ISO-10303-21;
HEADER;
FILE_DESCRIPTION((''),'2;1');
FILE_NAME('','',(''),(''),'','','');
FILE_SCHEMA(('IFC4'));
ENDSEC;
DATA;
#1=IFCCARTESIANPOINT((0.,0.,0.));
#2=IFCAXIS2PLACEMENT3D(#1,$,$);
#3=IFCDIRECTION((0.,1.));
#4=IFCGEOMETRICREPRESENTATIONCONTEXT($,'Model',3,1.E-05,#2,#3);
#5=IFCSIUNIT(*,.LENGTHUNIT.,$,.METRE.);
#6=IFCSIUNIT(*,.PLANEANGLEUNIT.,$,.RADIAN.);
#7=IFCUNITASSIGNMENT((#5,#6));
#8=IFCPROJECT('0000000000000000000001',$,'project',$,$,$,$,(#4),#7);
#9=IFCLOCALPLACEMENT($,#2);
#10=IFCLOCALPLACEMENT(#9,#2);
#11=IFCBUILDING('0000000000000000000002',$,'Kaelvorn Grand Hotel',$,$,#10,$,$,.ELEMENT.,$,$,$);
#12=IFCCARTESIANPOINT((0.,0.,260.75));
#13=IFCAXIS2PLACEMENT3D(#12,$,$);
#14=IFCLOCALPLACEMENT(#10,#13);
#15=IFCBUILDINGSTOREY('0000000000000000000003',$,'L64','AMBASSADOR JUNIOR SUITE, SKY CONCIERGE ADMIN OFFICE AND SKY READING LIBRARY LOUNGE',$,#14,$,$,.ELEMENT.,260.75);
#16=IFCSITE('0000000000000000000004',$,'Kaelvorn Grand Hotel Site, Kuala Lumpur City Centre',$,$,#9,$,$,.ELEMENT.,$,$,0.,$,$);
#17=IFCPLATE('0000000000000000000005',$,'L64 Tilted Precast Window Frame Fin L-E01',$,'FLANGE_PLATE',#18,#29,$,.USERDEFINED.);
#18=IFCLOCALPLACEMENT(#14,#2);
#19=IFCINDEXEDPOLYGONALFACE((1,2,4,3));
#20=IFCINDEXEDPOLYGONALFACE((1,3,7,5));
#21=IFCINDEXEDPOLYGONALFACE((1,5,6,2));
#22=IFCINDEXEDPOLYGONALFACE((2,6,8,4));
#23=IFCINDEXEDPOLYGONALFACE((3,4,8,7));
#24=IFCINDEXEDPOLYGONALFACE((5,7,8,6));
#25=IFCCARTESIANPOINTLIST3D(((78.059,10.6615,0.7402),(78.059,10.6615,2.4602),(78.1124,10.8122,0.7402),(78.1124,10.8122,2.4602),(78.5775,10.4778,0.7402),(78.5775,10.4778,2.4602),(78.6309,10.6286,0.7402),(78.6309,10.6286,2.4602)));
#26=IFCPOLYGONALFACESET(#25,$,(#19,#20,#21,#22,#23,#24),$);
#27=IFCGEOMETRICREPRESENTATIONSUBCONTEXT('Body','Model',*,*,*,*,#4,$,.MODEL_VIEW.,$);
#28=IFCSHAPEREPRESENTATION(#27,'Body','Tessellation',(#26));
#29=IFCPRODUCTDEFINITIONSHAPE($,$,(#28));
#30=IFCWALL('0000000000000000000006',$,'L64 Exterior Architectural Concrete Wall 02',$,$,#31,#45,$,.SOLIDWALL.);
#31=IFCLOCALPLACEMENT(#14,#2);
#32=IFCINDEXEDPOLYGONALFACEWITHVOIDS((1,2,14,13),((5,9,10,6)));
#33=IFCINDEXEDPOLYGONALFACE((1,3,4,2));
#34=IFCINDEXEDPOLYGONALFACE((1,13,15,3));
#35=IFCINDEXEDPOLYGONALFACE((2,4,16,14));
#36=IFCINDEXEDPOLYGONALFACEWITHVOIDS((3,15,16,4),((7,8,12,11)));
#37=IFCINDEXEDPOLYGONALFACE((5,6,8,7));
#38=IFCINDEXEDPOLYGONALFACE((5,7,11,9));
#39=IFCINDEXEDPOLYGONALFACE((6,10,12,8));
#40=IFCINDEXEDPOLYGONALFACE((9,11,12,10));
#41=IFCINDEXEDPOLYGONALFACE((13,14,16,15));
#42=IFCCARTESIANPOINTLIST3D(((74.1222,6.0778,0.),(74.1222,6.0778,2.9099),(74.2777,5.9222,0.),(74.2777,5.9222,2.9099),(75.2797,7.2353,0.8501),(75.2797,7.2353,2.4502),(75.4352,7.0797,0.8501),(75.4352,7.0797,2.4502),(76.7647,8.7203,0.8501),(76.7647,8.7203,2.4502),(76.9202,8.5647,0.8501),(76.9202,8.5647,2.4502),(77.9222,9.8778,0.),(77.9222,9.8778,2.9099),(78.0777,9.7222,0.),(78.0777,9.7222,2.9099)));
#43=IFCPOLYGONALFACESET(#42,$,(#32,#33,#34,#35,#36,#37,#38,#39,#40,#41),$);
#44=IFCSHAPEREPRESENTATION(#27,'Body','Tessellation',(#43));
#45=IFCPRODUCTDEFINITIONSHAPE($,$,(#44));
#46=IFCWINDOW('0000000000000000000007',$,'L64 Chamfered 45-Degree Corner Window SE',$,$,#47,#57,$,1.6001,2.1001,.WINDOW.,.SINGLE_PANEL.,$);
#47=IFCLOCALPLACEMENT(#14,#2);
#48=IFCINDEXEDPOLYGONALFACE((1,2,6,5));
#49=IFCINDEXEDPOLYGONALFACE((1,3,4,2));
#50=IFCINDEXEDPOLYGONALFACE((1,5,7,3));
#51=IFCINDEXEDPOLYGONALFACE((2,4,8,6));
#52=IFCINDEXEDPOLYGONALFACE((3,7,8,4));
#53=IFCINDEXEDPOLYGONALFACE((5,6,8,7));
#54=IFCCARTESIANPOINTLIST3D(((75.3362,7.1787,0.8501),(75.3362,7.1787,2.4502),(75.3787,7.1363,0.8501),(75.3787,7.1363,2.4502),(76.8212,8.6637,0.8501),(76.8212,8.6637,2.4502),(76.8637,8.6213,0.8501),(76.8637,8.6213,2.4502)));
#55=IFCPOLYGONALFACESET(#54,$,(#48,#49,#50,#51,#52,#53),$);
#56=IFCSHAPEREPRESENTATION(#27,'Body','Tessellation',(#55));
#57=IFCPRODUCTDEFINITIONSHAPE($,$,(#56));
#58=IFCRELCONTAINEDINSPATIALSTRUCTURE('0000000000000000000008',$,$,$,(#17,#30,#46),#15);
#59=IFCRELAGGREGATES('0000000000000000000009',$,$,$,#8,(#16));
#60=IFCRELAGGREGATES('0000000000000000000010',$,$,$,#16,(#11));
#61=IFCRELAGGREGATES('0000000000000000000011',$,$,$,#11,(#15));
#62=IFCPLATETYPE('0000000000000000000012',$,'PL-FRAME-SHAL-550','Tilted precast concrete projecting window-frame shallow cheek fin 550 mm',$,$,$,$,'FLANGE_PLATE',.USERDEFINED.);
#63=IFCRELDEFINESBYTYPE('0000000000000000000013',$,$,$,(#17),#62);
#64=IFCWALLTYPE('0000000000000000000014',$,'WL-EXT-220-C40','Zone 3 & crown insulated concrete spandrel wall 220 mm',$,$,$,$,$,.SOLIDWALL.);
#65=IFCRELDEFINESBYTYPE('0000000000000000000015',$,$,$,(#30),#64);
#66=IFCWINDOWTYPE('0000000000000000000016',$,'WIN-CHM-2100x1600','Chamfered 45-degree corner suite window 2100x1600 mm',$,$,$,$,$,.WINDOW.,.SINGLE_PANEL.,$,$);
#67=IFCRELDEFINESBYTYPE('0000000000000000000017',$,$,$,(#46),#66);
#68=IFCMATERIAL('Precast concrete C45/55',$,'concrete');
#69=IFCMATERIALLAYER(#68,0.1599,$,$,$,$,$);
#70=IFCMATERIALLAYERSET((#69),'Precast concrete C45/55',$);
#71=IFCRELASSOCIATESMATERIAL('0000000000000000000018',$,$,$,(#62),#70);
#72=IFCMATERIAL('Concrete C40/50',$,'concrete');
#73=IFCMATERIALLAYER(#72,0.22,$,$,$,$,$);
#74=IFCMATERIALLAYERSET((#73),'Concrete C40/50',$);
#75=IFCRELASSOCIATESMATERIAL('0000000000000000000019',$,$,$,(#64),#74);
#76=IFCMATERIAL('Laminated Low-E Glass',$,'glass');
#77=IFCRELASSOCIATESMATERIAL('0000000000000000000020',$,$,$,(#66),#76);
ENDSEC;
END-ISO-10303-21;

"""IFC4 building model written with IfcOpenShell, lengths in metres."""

from ifc_helpers import new_model, si_unit, direction, frame, frame_2d, origin, origin_2d, place, context, subcontext, project, spatial, rectangle, extrude, material, layer, layer_set, type_object, element, fill, save


model = new_model("IFC4")

# Units and contexts
model_context = context("Model", 3, precision=1e-05, world=origin(), true_north=direction((0.0, 1.0)))
body_context = subcontext(model_context, "Body", "Model", "MODEL_VIEW")
ifc_project = project(units=[si_unit("LENGTHUNIT", "METRE"), si_unit("PLANEANGLEUNIT", "RADIAN")], contexts=[model_context])

# Site, building, storey
site_placement = place(None, origin())
site = spatial("IfcSite", under=ifc_project, at=site_placement, Name="Kaelvorn Grand Hotel Site, Kuala Lumpur City Centre", CompositionType="ELEMENT", RefElevation=0.0)
building_placement = place(site_placement, origin())
building = spatial("IfcBuilding", under=site, at=building_placement, Name="Kaelvorn Grand Hotel", CompositionType="ELEMENT")
storey_placement = place(building_placement, frame((0.0, 0.0, 260.75)))
storey = spatial("IfcBuildingStorey", under=building, at=storey_placement, Name="L64", Description="AMBASSADOR JUNIOR SUITE, SKY CONCIERGE ADMIN OFFICE AND SKY READING LIBRARY LOUNGE", CompositionType="ELEMENT", Elevation=260.75)

# Shared definitions
ifc_material_1 = material(Name="Concrete C40/50", Category="concrete")

# Plate
ifc_material_2 = material(Name="Precast concrete C45/55", Category="concrete")
ifc_layer_1 = layer(ifc_material_2, 0.1599)
ifc_layer_set_1 = layer_set([ifc_layer_1], Name="Precast concrete C45/55")
plate_type_1 = type_object("IfcPlateType", Name="PL-FRAME-SHAL-550", Description="Tilted precast concrete projecting window-frame shallow cheek fin 550 mm", ElementType="FLANGE_PLATE", PredefinedType="USERDEFINED", material=ifc_layer_set_1)
plate_1_placement = place(storey_placement, frame((78.345, 10.645, 0.7402), z_axis=(0.0, 0.0, 1.0), x_axis=(0.333807, 0.942641, 0.0)))
element("IfcPlate", 1, at=plate_1_placement, inside=storey, type_object=plate_type_1, Name="L64 Tilted Precast Window Frame Fin L-E01", ObjectType="FLANGE_PLATE", PredefinedType="USERDEFINED", context=body_context, shape_type="SweptSolid", body=[
    extrude(rectangle(XDim=0.1599, YDim=0.55, at=origin_2d()), origin(), (0.0, 0.0, 1.0), 1.72),
])

# Wall, opening, window
ifc_layer_2 = layer(ifc_material_1, 0.22)
ifc_layer_set_2 = layer_set([ifc_layer_2], Name="Concrete C40/50")
wall_type_1 = type_object("IfcWallType", Name="WL-EXT-220-C40", Description="Zone 3 & crown insulated concrete spandrel wall 220 mm", PredefinedType="SOLIDWALL", material=ifc_layer_set_2)
wall_1_placement = place(storey_placement, frame((74.2, 6.0, 0.0), z_axis=(0.0, 0.0, 1.0), x_axis=(0.707107, 0.707107, 0.0)))
wall_1 = element("IfcWall", 2, at=wall_1_placement, inside=storey, type_object=wall_type_1, Name="L64 Exterior Architectural Concrete Wall 02", PredefinedType="SOLIDWALL", context=body_context, shape_type="SweptSolid", body=[
    extrude(rectangle(XDim=5.374, YDim=0.22, at=frame_2d((2.687, 0.0))), origin(), (0.0, 0.0, 1.0), 2.9099),
])
opening_1_placement = place(wall_1_placement, frame((1.637, 0.0, 0.8501)))
opening_1 = element("IfcOpeningElement", 3, at=opening_1_placement, cuts=wall_1, PredefinedType="OPENING", context=body_context, shape_type="SweptSolid", body=[
    extrude(rectangle(XDim=2.1001, YDim=1.6001, at=frame_2d((1.05, 0.8))), frame((0.0, 0.1201, 0.0), z_axis=(0.0, -1.0, 0.0), x_axis=(1.0, 0.0, 0.0)), (0.0, 0.0, 1.0), 0.24),
])
ifc_material_3 = material(Name="Laminated Low-E Glass", Category="glass")
window_type_1 = type_object("IfcWindowType", Name="WIN-CHM-2100x1600", Description="Chamfered 45-degree corner suite window 2100x1600 mm", PartitioningType="SINGLE_PANEL", PredefinedType="WINDOW", material=ifc_material_3)
window_1_placement = place(opening_1_placement, origin())
window_1 = element("IfcWindow", 4, at=window_1_placement, inside=storey, type_object=window_type_1, Name="L64 Chamfered 45-Degree Corner Window SE", OverallHeight=1.6001, OverallWidth=2.1001, PartitioningType="SINGLE_PANEL", PredefinedType="WINDOW", context=body_context, shape_type="SweptSolid", body=[
    extrude(rectangle(XDim=2.1001, YDim=1.6001, at=frame_2d((1.05, 0.8))), frame((0.0, 0.03, 0.0), z_axis=(0.0, -1.0, 0.0), x_axis=(1.0, 0.0, 0.0)), (0.0, 0.0, 1.0), 0.0601),
])
fill(opening_1, window_1)

save(model, "model.ifc")
